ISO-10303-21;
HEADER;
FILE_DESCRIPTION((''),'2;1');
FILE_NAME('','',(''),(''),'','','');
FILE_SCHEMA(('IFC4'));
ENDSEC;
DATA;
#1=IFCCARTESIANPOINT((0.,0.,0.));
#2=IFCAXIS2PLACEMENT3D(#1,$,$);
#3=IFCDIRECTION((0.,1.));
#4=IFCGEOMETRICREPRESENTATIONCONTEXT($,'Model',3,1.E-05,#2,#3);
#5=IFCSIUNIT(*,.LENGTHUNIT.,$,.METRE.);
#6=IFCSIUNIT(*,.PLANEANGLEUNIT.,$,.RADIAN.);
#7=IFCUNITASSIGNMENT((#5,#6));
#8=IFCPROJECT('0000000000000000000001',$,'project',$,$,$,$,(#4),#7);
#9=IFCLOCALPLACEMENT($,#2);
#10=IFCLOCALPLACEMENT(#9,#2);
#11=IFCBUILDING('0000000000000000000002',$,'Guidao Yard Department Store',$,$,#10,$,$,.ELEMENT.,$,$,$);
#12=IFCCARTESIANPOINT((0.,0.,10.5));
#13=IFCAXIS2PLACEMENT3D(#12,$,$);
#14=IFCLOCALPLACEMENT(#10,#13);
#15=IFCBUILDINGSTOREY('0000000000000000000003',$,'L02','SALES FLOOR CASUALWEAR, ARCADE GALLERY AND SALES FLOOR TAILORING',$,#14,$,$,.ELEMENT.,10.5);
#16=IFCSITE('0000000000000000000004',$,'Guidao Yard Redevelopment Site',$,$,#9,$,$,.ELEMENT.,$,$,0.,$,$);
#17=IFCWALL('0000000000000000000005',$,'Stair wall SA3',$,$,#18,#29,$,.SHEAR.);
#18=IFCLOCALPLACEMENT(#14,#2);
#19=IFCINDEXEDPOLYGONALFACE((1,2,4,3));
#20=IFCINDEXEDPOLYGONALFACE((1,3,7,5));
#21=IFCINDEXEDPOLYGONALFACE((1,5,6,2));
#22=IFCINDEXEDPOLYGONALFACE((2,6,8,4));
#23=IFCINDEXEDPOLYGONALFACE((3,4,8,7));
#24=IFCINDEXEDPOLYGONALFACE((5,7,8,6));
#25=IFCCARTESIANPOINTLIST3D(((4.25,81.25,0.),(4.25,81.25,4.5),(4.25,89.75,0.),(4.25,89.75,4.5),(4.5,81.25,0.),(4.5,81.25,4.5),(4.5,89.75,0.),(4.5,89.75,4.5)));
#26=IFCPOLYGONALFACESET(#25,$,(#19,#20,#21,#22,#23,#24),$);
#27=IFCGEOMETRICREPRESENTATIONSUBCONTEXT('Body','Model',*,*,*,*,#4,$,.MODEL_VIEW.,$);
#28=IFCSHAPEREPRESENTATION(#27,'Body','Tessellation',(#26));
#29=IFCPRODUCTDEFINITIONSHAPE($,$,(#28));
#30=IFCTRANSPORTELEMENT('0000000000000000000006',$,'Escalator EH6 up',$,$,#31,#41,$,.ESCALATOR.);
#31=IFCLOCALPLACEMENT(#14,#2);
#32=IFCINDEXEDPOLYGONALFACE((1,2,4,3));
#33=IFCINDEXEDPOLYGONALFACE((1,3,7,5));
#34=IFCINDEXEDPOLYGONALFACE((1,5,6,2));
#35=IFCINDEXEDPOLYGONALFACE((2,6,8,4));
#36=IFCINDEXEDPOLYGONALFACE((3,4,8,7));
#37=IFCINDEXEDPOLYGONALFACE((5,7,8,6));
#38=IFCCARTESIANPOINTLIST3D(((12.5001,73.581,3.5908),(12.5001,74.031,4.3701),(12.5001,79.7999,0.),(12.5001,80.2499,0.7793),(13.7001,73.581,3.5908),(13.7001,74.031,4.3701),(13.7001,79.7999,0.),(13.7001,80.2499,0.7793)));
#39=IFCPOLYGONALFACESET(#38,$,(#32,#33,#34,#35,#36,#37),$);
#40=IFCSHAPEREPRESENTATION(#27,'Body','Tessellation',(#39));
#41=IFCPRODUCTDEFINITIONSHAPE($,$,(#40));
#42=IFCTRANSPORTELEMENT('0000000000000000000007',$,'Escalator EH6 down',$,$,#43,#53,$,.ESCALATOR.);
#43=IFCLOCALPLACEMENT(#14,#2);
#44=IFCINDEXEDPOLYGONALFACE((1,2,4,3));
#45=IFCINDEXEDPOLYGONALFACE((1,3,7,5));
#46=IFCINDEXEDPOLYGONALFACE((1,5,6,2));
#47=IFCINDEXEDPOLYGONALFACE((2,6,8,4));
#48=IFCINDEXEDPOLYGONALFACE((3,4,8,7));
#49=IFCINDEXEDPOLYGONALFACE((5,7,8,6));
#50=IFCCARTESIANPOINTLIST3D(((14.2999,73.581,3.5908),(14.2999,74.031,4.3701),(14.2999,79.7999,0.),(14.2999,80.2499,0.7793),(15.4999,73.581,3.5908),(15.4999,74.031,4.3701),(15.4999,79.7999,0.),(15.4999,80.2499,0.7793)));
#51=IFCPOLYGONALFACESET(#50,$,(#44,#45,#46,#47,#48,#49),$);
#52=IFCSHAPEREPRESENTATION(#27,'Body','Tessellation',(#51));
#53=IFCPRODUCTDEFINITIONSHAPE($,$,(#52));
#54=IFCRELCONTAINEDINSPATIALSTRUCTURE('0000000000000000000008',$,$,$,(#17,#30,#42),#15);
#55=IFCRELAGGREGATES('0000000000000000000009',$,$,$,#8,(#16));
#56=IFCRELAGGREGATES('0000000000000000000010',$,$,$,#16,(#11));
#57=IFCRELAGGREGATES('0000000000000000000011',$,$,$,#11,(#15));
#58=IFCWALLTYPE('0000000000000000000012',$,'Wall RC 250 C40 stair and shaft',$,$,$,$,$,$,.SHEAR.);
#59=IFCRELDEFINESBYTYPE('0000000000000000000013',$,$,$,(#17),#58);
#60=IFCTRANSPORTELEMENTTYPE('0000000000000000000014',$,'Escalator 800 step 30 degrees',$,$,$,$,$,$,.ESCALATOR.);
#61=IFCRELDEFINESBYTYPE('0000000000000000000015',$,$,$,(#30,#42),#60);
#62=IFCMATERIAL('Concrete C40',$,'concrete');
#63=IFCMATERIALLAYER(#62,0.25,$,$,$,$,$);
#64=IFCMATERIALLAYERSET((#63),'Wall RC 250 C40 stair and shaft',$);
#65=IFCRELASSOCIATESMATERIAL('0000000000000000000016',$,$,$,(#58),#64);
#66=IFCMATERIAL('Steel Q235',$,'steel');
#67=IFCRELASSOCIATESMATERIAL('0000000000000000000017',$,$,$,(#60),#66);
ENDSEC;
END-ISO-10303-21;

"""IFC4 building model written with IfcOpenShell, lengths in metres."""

from ifc_helpers import new_model, si_unit, direction, frame, frame_2d, origin, origin_2d, place, context, subcontext, project, spatial, rectangle, extrude, material, layer, layer_set, material_profile, profile_set, type_object, element, save


model = new_model("IFC4")

# Units and contexts
model_context = context("Model", 3, precision=1e-05, world=origin(), true_north=direction((0.0, 1.0)))
body_context = subcontext(model_context, "Body", "Model", "MODEL_VIEW")
ifc_project = project(units=[si_unit("LENGTHUNIT", "METRE"), si_unit("PLANEANGLEUNIT", "RADIAN")], contexts=[model_context])

# Site, building, storey
site_placement = place(None, origin())
site = spatial("IfcSite", under=ifc_project, at=site_placement, Name="Guidao Yard Redevelopment Site", CompositionType="ELEMENT", RefElevation=0.0)
building_placement = place(site_placement, origin())
building = spatial("IfcBuilding", under=site, at=building_placement, Name="Guidao Yard Department Store", CompositionType="ELEMENT")
storey_placement = place(building_placement, frame((0.0, 0.0, 10.5)))
storey = spatial("IfcBuildingStorey", under=building, at=storey_placement, Name="L02", Description="SALES FLOOR CASUALWEAR, ARCADE GALLERY AND SALES FLOOR TAILORING", CompositionType="ELEMENT", Elevation=10.5)

# Wall
ifc_material_1 = material(Name="Concrete C40", Category="concrete")
ifc_layer_1 = layer(ifc_material_1, 0.25)
ifc_layer_set_1 = layer_set([ifc_layer_1], Name="Wall RC 250 C40 stair and shaft")
wall_type_1 = type_object("IfcWallType", Name="Wall RC 250 C40 stair and shaft", PredefinedType="SHEAR", material=ifc_layer_set_1)
wall_1_placement = place(storey_placement, frame((4.375, 81.25, 0.0), z_axis=(0.0, 0.0, 1.0), x_axis=(0.0, 1.0, 0.0)))
element("IfcWall", 1, at=wall_1_placement, inside=storey, type_object=wall_type_1, Name="Stair wall SA3", PredefinedType="SHEAR", context=body_context, shape_type="SweptSolid", body=[
    extrude(rectangle(XDim=8.5, YDim=0.25, at=frame_2d((4.25, 0.0))), origin(), (0.0, 0.0, 1.0), 4.5),
])

# Transport elements
ifc_material_2 = material(Name="Steel Q235", Category="steel")
ifc_material_profile_1 = material_profile(ifc_material_2, rectangle(XDim=1.2, YDim=0.8999, at=origin_2d()), Name="Escalator 800 step 30 degrees")
ifc_profile_set_1 = profile_set([ifc_material_profile_1], Name="Steel Q235")
transport_element_type = type_object("IfcTransportElementType", Name="Escalator 800 step 30 degrees", PredefinedType="ESCALATOR", material=ifc_profile_set_1)
for number, where, z_axis, x_axis, name in (
    (2, (13.1001, 80.0249, 0.3896), (0.0, -0.866008, 0.500029), (1.0, 0.0, 0.0), "Escalator EH6 up"),
    (3, (14.8999, 80.0249, 0.3896), (0.0, -0.866008, 0.500029), (1.0, 0.0, 0.0), "Escalator EH6 down"),
):
    element("IfcTransportElement", number, at=place(storey_placement, frame(where, z_axis=z_axis, x_axis=x_axis)), inside=storey, type_object=transport_element_type, Name=name, PredefinedType="ESCALATOR", context=body_context, shape_type="SweptSolid", body=[
        extrude(rectangle(XDim=1.2, YDim=0.8999, at=origin_2d()), origin(), (0.0, 0.0, 1.0), 7.1812),
    ])

save(model, "model.ifc")
